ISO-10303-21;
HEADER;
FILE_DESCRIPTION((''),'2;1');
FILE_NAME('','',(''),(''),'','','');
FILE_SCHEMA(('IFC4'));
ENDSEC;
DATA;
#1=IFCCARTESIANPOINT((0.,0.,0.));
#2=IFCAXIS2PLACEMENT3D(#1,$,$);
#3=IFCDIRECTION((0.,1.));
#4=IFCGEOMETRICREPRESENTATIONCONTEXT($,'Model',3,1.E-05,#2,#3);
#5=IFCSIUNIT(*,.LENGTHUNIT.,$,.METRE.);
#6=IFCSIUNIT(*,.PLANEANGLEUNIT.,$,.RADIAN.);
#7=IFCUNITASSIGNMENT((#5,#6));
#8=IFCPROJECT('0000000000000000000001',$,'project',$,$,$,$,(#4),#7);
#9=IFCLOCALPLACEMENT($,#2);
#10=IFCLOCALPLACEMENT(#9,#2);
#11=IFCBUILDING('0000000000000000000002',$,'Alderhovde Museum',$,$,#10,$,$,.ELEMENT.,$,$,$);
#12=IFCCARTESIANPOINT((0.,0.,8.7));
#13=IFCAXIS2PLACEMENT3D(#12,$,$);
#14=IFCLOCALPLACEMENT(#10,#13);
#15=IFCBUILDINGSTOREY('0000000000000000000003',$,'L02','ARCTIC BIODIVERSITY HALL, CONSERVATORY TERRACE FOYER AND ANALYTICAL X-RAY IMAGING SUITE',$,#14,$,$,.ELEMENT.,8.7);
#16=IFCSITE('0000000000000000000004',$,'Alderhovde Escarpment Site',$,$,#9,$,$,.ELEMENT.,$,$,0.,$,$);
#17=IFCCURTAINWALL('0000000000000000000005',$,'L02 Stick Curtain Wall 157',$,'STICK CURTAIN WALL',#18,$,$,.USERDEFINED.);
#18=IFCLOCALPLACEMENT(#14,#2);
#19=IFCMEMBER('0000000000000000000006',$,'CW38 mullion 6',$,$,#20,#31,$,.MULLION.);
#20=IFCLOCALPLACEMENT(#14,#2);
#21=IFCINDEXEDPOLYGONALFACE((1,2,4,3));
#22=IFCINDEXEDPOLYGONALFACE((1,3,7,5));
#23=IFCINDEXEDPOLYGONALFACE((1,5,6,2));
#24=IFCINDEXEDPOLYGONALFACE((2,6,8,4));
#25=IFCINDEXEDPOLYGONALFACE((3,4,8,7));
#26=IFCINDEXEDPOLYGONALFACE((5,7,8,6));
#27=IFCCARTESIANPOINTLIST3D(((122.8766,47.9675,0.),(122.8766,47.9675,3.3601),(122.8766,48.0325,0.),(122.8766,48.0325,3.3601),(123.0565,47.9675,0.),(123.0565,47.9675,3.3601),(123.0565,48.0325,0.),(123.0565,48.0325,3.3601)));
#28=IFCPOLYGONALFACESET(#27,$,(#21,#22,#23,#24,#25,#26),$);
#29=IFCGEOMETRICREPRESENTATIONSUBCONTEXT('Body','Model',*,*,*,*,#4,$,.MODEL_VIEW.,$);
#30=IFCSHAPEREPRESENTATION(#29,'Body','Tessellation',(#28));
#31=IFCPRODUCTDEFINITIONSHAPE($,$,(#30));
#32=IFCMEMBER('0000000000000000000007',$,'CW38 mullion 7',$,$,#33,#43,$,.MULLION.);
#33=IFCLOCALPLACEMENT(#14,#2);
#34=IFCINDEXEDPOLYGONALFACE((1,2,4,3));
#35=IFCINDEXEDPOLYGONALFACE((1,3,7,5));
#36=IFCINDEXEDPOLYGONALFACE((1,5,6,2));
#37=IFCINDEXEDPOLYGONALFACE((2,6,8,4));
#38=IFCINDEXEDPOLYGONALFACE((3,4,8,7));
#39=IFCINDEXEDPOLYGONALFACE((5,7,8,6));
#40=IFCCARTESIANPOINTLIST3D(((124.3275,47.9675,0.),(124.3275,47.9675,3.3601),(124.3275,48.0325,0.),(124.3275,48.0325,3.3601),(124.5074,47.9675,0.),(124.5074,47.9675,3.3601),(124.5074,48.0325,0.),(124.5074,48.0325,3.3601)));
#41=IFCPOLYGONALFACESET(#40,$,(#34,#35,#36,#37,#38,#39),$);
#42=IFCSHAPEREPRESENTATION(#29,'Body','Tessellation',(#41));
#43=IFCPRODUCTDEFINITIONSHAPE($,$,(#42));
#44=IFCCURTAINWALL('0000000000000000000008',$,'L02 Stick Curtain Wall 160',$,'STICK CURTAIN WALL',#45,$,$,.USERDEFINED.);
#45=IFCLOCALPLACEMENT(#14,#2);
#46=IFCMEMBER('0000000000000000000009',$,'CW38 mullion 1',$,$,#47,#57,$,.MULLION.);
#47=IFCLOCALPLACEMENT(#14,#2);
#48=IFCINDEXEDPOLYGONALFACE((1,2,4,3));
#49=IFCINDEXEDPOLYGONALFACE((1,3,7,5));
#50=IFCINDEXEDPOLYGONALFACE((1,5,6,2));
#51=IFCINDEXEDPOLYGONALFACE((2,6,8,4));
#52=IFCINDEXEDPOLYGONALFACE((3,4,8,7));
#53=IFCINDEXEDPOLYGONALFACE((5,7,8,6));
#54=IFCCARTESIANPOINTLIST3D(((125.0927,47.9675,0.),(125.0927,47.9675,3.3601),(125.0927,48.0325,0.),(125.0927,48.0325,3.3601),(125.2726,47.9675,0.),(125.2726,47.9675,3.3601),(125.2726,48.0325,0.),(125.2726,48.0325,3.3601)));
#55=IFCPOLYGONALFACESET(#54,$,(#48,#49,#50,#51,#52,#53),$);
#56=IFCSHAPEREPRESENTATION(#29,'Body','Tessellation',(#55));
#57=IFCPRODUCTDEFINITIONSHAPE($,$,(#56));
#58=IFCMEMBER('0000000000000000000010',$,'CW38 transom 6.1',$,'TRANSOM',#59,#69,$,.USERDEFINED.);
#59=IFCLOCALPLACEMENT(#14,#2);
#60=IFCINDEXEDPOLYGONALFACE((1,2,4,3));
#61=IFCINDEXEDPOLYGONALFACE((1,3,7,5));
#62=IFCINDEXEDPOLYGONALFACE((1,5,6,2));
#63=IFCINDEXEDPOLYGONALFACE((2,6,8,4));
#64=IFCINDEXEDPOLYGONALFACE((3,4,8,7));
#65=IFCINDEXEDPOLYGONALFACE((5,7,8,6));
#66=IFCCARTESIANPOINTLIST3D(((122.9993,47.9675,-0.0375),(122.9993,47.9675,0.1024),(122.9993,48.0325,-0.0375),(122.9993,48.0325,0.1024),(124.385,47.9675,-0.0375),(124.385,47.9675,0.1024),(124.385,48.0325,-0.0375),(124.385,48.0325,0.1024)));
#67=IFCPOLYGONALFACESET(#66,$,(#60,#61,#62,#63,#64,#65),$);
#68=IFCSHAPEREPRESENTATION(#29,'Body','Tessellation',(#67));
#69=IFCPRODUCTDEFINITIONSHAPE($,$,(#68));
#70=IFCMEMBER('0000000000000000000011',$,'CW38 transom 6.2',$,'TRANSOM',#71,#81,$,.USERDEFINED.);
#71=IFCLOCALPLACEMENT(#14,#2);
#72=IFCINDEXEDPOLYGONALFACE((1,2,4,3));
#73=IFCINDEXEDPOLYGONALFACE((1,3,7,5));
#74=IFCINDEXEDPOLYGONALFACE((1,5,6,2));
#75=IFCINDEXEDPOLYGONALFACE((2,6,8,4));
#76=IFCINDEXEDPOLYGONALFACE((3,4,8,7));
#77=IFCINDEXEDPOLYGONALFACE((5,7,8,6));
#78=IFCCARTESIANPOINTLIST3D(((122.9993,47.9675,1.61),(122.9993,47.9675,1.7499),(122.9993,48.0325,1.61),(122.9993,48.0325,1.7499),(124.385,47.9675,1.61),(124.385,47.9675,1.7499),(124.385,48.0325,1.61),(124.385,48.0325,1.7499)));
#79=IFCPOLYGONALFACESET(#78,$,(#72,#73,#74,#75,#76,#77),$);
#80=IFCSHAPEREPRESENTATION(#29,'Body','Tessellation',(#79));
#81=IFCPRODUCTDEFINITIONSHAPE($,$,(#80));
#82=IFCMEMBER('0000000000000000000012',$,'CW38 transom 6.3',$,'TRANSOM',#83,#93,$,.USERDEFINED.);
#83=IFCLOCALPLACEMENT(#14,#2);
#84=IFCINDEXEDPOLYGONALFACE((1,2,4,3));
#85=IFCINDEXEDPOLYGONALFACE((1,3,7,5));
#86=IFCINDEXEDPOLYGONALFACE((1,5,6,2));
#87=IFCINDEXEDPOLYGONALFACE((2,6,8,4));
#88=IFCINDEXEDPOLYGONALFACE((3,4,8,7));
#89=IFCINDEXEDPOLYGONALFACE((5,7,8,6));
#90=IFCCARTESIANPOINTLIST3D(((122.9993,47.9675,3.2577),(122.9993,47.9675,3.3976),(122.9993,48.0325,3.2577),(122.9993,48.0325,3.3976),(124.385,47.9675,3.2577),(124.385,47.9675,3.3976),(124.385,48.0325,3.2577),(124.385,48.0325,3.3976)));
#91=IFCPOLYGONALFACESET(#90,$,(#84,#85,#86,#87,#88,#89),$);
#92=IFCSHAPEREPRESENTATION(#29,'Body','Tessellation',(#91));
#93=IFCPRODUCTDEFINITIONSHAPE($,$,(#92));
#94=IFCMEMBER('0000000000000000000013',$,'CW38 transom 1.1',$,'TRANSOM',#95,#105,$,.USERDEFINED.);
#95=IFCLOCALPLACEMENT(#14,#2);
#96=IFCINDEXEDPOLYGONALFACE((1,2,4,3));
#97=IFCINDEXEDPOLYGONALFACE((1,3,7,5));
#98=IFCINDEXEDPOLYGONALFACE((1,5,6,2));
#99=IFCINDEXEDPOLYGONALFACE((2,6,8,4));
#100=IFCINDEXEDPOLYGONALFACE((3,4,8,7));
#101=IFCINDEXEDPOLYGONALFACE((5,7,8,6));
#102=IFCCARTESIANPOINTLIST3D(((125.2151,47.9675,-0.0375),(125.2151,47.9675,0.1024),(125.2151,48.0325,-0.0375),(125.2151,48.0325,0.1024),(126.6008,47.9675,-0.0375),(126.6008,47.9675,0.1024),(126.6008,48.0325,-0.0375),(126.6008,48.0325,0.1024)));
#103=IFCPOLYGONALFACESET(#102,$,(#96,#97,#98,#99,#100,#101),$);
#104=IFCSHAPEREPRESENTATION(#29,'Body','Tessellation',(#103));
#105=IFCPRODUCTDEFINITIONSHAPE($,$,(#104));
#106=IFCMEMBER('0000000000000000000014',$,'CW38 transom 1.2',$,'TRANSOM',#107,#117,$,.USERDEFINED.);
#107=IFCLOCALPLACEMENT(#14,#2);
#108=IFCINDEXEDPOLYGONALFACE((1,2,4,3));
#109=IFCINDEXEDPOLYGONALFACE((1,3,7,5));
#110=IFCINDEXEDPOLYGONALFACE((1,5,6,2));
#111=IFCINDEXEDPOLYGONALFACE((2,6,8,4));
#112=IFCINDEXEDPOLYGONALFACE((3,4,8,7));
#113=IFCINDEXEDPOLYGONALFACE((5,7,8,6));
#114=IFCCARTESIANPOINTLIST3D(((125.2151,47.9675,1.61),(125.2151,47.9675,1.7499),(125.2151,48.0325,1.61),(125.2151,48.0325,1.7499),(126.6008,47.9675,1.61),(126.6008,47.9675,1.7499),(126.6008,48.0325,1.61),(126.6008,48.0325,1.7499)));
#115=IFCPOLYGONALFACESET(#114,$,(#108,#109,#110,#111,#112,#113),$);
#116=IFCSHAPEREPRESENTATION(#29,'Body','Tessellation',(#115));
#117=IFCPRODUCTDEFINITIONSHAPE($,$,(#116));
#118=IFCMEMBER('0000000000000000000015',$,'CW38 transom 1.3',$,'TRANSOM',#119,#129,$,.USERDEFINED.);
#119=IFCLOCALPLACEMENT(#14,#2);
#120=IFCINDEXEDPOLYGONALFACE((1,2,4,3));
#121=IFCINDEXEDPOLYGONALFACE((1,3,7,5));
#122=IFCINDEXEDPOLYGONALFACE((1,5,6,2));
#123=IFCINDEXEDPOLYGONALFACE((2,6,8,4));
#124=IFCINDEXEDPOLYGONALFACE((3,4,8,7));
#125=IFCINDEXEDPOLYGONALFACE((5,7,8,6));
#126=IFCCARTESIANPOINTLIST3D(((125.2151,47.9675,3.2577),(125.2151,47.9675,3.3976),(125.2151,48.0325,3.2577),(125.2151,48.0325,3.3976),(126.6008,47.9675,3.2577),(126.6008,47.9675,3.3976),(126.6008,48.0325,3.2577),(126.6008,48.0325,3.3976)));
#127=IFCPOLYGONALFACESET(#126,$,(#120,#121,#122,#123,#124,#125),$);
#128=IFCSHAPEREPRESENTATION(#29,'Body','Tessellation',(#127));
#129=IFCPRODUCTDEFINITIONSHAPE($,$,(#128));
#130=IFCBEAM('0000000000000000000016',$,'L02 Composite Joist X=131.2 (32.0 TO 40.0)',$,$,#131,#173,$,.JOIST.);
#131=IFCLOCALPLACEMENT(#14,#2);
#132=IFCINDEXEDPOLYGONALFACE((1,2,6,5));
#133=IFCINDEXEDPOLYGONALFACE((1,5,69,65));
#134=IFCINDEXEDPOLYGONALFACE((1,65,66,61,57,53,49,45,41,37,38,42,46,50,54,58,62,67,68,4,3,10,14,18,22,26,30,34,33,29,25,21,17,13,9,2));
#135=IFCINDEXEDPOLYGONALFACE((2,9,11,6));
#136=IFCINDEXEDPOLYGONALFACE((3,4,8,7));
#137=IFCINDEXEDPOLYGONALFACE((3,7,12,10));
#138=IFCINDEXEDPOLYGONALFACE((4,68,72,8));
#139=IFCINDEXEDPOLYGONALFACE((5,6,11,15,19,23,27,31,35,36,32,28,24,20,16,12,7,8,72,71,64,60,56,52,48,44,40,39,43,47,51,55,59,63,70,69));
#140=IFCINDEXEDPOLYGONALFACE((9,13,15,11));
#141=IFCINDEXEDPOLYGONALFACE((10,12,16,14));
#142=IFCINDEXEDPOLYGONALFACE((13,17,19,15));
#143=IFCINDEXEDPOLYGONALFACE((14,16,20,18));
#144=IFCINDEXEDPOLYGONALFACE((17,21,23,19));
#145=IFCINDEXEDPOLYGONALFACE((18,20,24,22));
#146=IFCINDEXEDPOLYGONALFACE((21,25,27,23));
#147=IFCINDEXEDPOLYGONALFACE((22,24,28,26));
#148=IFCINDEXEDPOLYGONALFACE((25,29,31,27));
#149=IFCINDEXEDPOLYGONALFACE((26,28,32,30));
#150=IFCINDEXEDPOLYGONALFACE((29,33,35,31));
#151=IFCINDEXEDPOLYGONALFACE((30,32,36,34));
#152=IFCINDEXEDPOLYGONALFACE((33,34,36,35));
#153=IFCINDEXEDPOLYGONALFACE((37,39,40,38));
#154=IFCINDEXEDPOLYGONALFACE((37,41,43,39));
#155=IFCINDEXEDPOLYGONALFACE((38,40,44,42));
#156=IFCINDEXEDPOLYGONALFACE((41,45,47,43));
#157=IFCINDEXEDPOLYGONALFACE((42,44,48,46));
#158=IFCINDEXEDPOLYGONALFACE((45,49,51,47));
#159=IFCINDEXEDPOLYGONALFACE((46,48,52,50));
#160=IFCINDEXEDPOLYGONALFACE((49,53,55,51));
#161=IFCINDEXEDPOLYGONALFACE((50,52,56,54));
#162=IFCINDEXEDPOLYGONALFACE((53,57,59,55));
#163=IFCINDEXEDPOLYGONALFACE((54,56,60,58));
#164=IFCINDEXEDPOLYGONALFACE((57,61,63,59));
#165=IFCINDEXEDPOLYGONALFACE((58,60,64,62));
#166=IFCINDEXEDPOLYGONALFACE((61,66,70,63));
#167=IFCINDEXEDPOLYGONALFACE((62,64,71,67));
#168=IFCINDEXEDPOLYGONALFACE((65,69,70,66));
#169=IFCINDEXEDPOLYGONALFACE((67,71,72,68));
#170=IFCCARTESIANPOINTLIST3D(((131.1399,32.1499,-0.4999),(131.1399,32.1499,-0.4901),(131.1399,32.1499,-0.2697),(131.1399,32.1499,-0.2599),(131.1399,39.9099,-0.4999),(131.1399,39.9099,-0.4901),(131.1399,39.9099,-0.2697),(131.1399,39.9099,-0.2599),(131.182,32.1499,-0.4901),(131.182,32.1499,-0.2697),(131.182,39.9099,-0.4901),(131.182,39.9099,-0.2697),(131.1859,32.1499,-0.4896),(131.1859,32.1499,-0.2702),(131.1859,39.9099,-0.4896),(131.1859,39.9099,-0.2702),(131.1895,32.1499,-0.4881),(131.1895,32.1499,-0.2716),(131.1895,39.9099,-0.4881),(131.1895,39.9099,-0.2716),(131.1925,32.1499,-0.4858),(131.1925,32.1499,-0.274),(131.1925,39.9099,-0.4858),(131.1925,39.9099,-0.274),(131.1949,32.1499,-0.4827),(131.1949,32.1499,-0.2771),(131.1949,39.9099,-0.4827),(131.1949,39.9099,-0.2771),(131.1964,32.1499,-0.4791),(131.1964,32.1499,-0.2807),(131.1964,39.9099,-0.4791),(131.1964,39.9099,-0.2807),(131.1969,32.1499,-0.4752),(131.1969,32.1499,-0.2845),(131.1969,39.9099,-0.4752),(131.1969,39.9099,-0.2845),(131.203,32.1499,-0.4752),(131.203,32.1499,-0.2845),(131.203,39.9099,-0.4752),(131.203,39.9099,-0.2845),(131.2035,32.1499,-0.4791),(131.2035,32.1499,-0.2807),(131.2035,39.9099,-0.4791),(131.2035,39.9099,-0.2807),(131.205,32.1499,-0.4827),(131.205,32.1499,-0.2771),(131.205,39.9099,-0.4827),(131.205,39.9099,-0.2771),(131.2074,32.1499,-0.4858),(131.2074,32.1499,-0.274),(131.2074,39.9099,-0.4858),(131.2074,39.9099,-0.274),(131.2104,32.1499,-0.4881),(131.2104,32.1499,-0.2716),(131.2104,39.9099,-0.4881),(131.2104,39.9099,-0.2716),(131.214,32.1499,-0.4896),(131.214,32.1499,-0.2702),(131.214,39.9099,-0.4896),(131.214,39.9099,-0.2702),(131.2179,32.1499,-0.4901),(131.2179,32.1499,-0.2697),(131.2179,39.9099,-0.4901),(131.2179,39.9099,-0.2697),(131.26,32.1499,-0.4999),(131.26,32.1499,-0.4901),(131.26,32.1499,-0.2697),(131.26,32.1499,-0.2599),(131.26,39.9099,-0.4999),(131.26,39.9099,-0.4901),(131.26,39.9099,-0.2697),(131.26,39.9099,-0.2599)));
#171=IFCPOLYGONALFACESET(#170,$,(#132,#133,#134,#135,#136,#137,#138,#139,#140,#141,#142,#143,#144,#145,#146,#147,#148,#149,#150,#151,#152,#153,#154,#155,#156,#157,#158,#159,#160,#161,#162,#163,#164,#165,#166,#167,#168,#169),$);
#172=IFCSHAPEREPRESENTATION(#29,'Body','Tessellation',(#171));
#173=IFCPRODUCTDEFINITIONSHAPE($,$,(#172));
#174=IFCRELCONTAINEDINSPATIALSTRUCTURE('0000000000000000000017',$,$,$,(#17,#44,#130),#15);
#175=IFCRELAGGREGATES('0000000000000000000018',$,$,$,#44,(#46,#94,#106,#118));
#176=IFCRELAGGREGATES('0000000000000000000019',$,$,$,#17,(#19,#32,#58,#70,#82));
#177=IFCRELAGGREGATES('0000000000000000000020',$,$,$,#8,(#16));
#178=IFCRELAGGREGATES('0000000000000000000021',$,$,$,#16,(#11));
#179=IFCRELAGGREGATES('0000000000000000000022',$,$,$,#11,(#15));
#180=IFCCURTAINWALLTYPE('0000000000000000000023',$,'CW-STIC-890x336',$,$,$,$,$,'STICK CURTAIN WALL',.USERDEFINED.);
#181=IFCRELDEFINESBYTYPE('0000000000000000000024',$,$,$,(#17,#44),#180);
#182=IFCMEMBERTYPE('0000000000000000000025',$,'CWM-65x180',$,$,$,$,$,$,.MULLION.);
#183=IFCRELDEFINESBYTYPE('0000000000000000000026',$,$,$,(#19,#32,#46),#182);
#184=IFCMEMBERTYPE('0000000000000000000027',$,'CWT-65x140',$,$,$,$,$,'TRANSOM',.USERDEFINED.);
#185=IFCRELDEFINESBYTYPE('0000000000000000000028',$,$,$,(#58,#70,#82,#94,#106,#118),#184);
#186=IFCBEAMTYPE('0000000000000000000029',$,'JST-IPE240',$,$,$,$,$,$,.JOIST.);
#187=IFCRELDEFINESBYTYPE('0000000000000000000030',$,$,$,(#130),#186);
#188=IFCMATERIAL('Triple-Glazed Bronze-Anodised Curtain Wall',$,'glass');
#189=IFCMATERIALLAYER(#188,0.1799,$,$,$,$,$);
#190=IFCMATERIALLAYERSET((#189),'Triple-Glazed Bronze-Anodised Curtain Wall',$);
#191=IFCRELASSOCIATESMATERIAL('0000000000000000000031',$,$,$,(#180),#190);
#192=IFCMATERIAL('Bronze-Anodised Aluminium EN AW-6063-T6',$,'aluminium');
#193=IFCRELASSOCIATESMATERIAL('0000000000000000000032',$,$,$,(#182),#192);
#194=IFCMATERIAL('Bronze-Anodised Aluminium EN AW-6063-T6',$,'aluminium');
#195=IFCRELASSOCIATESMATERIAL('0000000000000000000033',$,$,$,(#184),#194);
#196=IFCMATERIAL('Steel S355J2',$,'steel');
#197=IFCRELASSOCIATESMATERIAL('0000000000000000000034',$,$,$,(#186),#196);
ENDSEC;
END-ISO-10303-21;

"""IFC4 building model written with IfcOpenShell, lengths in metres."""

from ifc_helpers import new_model, si_unit, direction, frame, origin, origin_2d, place, context, subcontext, project, spatial, rectangle, i_section, extrude, material, layer, layer_set, material_profile, profile_set, type_object, element, aggregate, save


model = new_model("IFC4")

# Units and contexts
model_context = context("Model", 3, precision=1e-05, world=origin(), true_north=direction((0.0, 1.0)))
body_context = subcontext(model_context, "Body", "Model", "MODEL_VIEW")
ifc_project = project(units=[si_unit("LENGTHUNIT", "METRE"), si_unit("PLANEANGLEUNIT", "RADIAN")], contexts=[model_context])

# Site, building, storey
site_placement = place(None, origin())
site = spatial("IfcSite", under=ifc_project, at=site_placement, Name="Alderhovde Escarpment Site", CompositionType="ELEMENT", RefElevation=0.0)
building_placement = place(site_placement, origin())
building = spatial("IfcBuilding", under=site, at=building_placement, Name="Alderhovde Museum", CompositionType="ELEMENT")
storey_placement = place(building_placement, frame((0.0, 0.0, 8.7)))
storey = spatial("IfcBuildingStorey", under=building, at=storey_placement, Name="L02", Description="ARCTIC BIODIVERSITY HALL, CONSERVATORY TERRACE FOYER AND ANALYTICAL X-RAY IMAGING SUITE", CompositionType="ELEMENT", Elevation=8.7)

# Curtain wall, members
ifc_material_1 = material(Name="Triple-Glazed Bronze-Anodised Curtain Wall", Category="glass")
ifc_layer_1 = layer(ifc_material_1, 0.1799)
ifc_layer_set_1 = layer_set([ifc_layer_1], Name="Triple-Glazed Bronze-Anodised Curtain Wall")
curtain_wall_type = type_object("IfcCurtainWallType", Name="CW-STIC-890x336", ElementType="STICK CURTAIN WALL", PredefinedType="USERDEFINED", material=ifc_layer_set_1)
curtain_wall_1_placement = place(storey_placement, origin())
curtain_wall_1 = element("IfcCurtainWall", 1, at=curtain_wall_1_placement, inside=storey, type_object=curtain_wall_type, Name="L02 Stick Curtain Wall 157", ObjectType="STICK CURTAIN WALL", PredefinedType="USERDEFINED")
ifc_material_2 = material(Name="Bronze-Anodised Aluminium EN AW-6063-T6", Category="aluminium")
ifc_material_profile_1 = material_profile(ifc_material_2, rectangle(XDim=0.0649, YDim=0.1799, at=origin_2d()), Name="MULLION 65x180")
ifc_profile_set_1 = profile_set([ifc_material_profile_1], Name="Bronze-Anodised Aluminium EN AW-6063-T6")
member_type_1 = type_object("IfcMemberType", Name="CWM-65x180", PredefinedType="MULLION", material=ifc_profile_set_1)
member_1_placement = place(storey_placement, frame((122.9666, 48.0, 0.0), z_axis=(0.0, 0.0, 1.0), x_axis=(0.0, 1.0, 0.0)))
member_1 = element("IfcMember", 2, at=member_1_placement, type_object=member_type_1, Name="CW38 mullion 6", PredefinedType="MULLION", context=body_context, shape_type="SweptSolid", body=[
    extrude(rectangle(XDim=0.0649, YDim=0.1799, at=origin_2d()), origin(), (0.0, 0.0, 1.0), 3.3601),
])
member_2_placement = place(storey_placement, frame((124.4175, 48.0, 0.0), z_axis=(0.0, 0.0, 1.0), x_axis=(0.0, 1.0, 0.0)))
member_2 = element("IfcMember", 3, at=member_2_placement, type_object=member_type_1, Name="CW38 mullion 7", PredefinedType="MULLION", context=body_context, shape_type="SweptSolid", body=[
    extrude(rectangle(XDim=0.0649, YDim=0.1799, at=origin_2d()), origin(), (0.0, 0.0, 1.0), 3.3601),
])

# Curtain wall, member
curtain_wall_2_placement = place(storey_placement, origin())
curtain_wall_2 = element("IfcCurtainWall", 4, at=curtain_wall_2_placement, inside=storey, type_object=curtain_wall_type, Name="L02 Stick Curtain Wall 160", ObjectType="STICK CURTAIN WALL", PredefinedType="USERDEFINED")
member_3_placement = place(storey_placement, frame((125.1826, 48.0, 0.0), z_axis=(0.0, 0.0, 1.0), x_axis=(0.0, 1.0, 0.0)))
member_3 = element("IfcMember", 5, at=member_3_placement, type_object=member_type_1, Name="CW38 mullion 1", PredefinedType="MULLION", context=body_context, shape_type="SweptSolid", body=[
    extrude(rectangle(XDim=0.0649, YDim=0.1799, at=origin_2d()), origin(), (0.0, 0.0, 1.0), 3.3601),
])

# Members
ifc_material_3 = material(Name="Bronze-Anodised Aluminium EN AW-6063-T6", Category="aluminium")
ifc_material_profile_2 = material_profile(ifc_material_3, rectangle(XDim=0.0649, YDim=0.1399, at=origin_2d()), Name="TRANSOM 65x140")
ifc_profile_set_2 = profile_set([ifc_material_profile_2], Name="Bronze-Anodised Aluminium EN AW-6063-T6")
member_type_2 = type_object("IfcMemberType", Name="CWT-65x140", ElementType="TRANSOM", PredefinedType="USERDEFINED", material=ifc_profile_set_2)
member_4_placement = place(storey_placement, frame((122.9993, 48.0, 0.0325), z_axis=(1.0, 0.0, 0.0), x_axis=(0.0, 1.0, 0.0)))
member_4 = element("IfcMember", 6, at=member_4_placement, type_object=member_type_2, Name="CW38 transom 6.1", ObjectType="TRANSOM", PredefinedType="USERDEFINED", context=body_context, shape_type="SweptSolid", body=[
    extrude(rectangle(XDim=0.0649, YDim=0.1399, at=origin_2d()), origin(), (0.0, 0.0, 1.0), 1.3857),
])
member_5_placement = place(storey_placement, frame((122.9993, 48.0, 1.6799), z_axis=(1.0, 0.0, 0.0), x_axis=(0.0, 1.0, 0.0)))
member_5 = element("IfcMember", 7, at=member_5_placement, type_object=member_type_2, Name="CW38 transom 6.2", ObjectType="TRANSOM", PredefinedType="USERDEFINED", context=body_context, shape_type="SweptSolid", body=[
    extrude(rectangle(XDim=0.0649, YDim=0.1399, at=origin_2d()), origin(), (0.0, 0.0, 1.0), 1.3857),
])
member_6_placement = place(storey_placement, frame((122.9993, 48.0, 3.3276), z_axis=(1.0, 0.0, 0.0), x_axis=(0.0, 1.0, 0.0)))
member_6 = element("IfcMember", 8, at=member_6_placement, type_object=member_type_2, Name="CW38 transom 6.3", ObjectType="TRANSOM", PredefinedType="USERDEFINED", context=body_context, shape_type="SweptSolid", body=[
    extrude(rectangle(XDim=0.0649, YDim=0.1399, at=origin_2d()), origin(), (0.0, 0.0, 1.0), 1.3857),
])
member_7_placement = place(storey_placement, frame((125.2151, 48.0, 0.0325), z_axis=(1.0, 0.0, 0.0), x_axis=(0.0, 1.0, 0.0)))
member_7 = element("IfcMember", 9, at=member_7_placement, type_object=member_type_2, Name="CW38 transom 1.1", ObjectType="TRANSOM", PredefinedType="USERDEFINED", context=body_context, shape_type="SweptSolid", body=[
    extrude(rectangle(XDim=0.0649, YDim=0.1399, at=origin_2d()), origin(), (0.0, 0.0, 1.0), 1.3857),
])
member_8_placement = place(storey_placement, frame((125.2151, 48.0, 1.6799), z_axis=(1.0, 0.0, 0.0), x_axis=(0.0, 1.0, 0.0)))
member_8 = element("IfcMember", 10, at=member_8_placement, type_object=member_type_2, Name="CW38 transom 1.2", ObjectType="TRANSOM", PredefinedType="USERDEFINED", context=body_context, shape_type="SweptSolid", body=[
    extrude(rectangle(XDim=0.0649, YDim=0.1399, at=origin_2d()), origin(), (0.0, 0.0, 1.0), 1.3857),
])
member_9_placement = place(storey_placement, frame((125.2151, 48.0, 3.3276), z_axis=(1.0, 0.0, 0.0), x_axis=(0.0, 1.0, 0.0)))
member_9 = element("IfcMember", 11, at=member_9_placement, type_object=member_type_2, Name="CW38 transom 1.3", ObjectType="TRANSOM", PredefinedType="USERDEFINED", context=body_context, shape_type="SweptSolid", body=[
    extrude(rectangle(XDim=0.0649, YDim=0.1399, at=origin_2d()), origin(), (0.0, 0.0, 1.0), 1.3857),
])

# Beam
ifc_material_4 = material(Name="Steel S355J2", Category="steel")
ifc_material_profile_3 = material_profile(ifc_material_4, i_section(OverallWidth=0.1201, OverallDepth=0.24, WebThickness=0.0061, FlangeThickness=0.0098, FilletRadius=0.0149, at=origin_2d()), Name="IPE 240")
ifc_profile_set_3 = profile_set([ifc_material_profile_3], Name="Steel S355J2")
beam_type_1 = type_object("IfcBeamType", Name="JST-IPE240", PredefinedType="JOIST", material=ifc_profile_set_3)
for number, where, z_axis, x_axis, name in (
    (12, (131.2, 32.1499, -0.3799), (0.0, 1.0, 0.0), (-1.0, 0.0, 0.0), "L02 Composite Joist X=131.2 (32.0 TO 40.0)"),
):
    element("IfcBeam", number, at=place(storey_placement, frame(where, z_axis=z_axis, x_axis=x_axis)), inside=storey, type_object=beam_type_1, Name=name, PredefinedType="JOIST", context=body_context, shape_type="SweptSolid", body=[
        extrude(i_section(OverallWidth=0.1201, OverallDepth=0.24, WebThickness=0.0061, FlangeThickness=0.0098, FilletRadius=0.0149, at=origin_2d()), origin(), (0.0, 0.0, 1.0), 7.76),
    ])

aggregate(curtain_wall_2, [member_3, member_7, member_8, member_9])
aggregate(curtain_wall_1, [member_1, member_2, member_4, member_5, member_6])

save(model, "model.ifc")
